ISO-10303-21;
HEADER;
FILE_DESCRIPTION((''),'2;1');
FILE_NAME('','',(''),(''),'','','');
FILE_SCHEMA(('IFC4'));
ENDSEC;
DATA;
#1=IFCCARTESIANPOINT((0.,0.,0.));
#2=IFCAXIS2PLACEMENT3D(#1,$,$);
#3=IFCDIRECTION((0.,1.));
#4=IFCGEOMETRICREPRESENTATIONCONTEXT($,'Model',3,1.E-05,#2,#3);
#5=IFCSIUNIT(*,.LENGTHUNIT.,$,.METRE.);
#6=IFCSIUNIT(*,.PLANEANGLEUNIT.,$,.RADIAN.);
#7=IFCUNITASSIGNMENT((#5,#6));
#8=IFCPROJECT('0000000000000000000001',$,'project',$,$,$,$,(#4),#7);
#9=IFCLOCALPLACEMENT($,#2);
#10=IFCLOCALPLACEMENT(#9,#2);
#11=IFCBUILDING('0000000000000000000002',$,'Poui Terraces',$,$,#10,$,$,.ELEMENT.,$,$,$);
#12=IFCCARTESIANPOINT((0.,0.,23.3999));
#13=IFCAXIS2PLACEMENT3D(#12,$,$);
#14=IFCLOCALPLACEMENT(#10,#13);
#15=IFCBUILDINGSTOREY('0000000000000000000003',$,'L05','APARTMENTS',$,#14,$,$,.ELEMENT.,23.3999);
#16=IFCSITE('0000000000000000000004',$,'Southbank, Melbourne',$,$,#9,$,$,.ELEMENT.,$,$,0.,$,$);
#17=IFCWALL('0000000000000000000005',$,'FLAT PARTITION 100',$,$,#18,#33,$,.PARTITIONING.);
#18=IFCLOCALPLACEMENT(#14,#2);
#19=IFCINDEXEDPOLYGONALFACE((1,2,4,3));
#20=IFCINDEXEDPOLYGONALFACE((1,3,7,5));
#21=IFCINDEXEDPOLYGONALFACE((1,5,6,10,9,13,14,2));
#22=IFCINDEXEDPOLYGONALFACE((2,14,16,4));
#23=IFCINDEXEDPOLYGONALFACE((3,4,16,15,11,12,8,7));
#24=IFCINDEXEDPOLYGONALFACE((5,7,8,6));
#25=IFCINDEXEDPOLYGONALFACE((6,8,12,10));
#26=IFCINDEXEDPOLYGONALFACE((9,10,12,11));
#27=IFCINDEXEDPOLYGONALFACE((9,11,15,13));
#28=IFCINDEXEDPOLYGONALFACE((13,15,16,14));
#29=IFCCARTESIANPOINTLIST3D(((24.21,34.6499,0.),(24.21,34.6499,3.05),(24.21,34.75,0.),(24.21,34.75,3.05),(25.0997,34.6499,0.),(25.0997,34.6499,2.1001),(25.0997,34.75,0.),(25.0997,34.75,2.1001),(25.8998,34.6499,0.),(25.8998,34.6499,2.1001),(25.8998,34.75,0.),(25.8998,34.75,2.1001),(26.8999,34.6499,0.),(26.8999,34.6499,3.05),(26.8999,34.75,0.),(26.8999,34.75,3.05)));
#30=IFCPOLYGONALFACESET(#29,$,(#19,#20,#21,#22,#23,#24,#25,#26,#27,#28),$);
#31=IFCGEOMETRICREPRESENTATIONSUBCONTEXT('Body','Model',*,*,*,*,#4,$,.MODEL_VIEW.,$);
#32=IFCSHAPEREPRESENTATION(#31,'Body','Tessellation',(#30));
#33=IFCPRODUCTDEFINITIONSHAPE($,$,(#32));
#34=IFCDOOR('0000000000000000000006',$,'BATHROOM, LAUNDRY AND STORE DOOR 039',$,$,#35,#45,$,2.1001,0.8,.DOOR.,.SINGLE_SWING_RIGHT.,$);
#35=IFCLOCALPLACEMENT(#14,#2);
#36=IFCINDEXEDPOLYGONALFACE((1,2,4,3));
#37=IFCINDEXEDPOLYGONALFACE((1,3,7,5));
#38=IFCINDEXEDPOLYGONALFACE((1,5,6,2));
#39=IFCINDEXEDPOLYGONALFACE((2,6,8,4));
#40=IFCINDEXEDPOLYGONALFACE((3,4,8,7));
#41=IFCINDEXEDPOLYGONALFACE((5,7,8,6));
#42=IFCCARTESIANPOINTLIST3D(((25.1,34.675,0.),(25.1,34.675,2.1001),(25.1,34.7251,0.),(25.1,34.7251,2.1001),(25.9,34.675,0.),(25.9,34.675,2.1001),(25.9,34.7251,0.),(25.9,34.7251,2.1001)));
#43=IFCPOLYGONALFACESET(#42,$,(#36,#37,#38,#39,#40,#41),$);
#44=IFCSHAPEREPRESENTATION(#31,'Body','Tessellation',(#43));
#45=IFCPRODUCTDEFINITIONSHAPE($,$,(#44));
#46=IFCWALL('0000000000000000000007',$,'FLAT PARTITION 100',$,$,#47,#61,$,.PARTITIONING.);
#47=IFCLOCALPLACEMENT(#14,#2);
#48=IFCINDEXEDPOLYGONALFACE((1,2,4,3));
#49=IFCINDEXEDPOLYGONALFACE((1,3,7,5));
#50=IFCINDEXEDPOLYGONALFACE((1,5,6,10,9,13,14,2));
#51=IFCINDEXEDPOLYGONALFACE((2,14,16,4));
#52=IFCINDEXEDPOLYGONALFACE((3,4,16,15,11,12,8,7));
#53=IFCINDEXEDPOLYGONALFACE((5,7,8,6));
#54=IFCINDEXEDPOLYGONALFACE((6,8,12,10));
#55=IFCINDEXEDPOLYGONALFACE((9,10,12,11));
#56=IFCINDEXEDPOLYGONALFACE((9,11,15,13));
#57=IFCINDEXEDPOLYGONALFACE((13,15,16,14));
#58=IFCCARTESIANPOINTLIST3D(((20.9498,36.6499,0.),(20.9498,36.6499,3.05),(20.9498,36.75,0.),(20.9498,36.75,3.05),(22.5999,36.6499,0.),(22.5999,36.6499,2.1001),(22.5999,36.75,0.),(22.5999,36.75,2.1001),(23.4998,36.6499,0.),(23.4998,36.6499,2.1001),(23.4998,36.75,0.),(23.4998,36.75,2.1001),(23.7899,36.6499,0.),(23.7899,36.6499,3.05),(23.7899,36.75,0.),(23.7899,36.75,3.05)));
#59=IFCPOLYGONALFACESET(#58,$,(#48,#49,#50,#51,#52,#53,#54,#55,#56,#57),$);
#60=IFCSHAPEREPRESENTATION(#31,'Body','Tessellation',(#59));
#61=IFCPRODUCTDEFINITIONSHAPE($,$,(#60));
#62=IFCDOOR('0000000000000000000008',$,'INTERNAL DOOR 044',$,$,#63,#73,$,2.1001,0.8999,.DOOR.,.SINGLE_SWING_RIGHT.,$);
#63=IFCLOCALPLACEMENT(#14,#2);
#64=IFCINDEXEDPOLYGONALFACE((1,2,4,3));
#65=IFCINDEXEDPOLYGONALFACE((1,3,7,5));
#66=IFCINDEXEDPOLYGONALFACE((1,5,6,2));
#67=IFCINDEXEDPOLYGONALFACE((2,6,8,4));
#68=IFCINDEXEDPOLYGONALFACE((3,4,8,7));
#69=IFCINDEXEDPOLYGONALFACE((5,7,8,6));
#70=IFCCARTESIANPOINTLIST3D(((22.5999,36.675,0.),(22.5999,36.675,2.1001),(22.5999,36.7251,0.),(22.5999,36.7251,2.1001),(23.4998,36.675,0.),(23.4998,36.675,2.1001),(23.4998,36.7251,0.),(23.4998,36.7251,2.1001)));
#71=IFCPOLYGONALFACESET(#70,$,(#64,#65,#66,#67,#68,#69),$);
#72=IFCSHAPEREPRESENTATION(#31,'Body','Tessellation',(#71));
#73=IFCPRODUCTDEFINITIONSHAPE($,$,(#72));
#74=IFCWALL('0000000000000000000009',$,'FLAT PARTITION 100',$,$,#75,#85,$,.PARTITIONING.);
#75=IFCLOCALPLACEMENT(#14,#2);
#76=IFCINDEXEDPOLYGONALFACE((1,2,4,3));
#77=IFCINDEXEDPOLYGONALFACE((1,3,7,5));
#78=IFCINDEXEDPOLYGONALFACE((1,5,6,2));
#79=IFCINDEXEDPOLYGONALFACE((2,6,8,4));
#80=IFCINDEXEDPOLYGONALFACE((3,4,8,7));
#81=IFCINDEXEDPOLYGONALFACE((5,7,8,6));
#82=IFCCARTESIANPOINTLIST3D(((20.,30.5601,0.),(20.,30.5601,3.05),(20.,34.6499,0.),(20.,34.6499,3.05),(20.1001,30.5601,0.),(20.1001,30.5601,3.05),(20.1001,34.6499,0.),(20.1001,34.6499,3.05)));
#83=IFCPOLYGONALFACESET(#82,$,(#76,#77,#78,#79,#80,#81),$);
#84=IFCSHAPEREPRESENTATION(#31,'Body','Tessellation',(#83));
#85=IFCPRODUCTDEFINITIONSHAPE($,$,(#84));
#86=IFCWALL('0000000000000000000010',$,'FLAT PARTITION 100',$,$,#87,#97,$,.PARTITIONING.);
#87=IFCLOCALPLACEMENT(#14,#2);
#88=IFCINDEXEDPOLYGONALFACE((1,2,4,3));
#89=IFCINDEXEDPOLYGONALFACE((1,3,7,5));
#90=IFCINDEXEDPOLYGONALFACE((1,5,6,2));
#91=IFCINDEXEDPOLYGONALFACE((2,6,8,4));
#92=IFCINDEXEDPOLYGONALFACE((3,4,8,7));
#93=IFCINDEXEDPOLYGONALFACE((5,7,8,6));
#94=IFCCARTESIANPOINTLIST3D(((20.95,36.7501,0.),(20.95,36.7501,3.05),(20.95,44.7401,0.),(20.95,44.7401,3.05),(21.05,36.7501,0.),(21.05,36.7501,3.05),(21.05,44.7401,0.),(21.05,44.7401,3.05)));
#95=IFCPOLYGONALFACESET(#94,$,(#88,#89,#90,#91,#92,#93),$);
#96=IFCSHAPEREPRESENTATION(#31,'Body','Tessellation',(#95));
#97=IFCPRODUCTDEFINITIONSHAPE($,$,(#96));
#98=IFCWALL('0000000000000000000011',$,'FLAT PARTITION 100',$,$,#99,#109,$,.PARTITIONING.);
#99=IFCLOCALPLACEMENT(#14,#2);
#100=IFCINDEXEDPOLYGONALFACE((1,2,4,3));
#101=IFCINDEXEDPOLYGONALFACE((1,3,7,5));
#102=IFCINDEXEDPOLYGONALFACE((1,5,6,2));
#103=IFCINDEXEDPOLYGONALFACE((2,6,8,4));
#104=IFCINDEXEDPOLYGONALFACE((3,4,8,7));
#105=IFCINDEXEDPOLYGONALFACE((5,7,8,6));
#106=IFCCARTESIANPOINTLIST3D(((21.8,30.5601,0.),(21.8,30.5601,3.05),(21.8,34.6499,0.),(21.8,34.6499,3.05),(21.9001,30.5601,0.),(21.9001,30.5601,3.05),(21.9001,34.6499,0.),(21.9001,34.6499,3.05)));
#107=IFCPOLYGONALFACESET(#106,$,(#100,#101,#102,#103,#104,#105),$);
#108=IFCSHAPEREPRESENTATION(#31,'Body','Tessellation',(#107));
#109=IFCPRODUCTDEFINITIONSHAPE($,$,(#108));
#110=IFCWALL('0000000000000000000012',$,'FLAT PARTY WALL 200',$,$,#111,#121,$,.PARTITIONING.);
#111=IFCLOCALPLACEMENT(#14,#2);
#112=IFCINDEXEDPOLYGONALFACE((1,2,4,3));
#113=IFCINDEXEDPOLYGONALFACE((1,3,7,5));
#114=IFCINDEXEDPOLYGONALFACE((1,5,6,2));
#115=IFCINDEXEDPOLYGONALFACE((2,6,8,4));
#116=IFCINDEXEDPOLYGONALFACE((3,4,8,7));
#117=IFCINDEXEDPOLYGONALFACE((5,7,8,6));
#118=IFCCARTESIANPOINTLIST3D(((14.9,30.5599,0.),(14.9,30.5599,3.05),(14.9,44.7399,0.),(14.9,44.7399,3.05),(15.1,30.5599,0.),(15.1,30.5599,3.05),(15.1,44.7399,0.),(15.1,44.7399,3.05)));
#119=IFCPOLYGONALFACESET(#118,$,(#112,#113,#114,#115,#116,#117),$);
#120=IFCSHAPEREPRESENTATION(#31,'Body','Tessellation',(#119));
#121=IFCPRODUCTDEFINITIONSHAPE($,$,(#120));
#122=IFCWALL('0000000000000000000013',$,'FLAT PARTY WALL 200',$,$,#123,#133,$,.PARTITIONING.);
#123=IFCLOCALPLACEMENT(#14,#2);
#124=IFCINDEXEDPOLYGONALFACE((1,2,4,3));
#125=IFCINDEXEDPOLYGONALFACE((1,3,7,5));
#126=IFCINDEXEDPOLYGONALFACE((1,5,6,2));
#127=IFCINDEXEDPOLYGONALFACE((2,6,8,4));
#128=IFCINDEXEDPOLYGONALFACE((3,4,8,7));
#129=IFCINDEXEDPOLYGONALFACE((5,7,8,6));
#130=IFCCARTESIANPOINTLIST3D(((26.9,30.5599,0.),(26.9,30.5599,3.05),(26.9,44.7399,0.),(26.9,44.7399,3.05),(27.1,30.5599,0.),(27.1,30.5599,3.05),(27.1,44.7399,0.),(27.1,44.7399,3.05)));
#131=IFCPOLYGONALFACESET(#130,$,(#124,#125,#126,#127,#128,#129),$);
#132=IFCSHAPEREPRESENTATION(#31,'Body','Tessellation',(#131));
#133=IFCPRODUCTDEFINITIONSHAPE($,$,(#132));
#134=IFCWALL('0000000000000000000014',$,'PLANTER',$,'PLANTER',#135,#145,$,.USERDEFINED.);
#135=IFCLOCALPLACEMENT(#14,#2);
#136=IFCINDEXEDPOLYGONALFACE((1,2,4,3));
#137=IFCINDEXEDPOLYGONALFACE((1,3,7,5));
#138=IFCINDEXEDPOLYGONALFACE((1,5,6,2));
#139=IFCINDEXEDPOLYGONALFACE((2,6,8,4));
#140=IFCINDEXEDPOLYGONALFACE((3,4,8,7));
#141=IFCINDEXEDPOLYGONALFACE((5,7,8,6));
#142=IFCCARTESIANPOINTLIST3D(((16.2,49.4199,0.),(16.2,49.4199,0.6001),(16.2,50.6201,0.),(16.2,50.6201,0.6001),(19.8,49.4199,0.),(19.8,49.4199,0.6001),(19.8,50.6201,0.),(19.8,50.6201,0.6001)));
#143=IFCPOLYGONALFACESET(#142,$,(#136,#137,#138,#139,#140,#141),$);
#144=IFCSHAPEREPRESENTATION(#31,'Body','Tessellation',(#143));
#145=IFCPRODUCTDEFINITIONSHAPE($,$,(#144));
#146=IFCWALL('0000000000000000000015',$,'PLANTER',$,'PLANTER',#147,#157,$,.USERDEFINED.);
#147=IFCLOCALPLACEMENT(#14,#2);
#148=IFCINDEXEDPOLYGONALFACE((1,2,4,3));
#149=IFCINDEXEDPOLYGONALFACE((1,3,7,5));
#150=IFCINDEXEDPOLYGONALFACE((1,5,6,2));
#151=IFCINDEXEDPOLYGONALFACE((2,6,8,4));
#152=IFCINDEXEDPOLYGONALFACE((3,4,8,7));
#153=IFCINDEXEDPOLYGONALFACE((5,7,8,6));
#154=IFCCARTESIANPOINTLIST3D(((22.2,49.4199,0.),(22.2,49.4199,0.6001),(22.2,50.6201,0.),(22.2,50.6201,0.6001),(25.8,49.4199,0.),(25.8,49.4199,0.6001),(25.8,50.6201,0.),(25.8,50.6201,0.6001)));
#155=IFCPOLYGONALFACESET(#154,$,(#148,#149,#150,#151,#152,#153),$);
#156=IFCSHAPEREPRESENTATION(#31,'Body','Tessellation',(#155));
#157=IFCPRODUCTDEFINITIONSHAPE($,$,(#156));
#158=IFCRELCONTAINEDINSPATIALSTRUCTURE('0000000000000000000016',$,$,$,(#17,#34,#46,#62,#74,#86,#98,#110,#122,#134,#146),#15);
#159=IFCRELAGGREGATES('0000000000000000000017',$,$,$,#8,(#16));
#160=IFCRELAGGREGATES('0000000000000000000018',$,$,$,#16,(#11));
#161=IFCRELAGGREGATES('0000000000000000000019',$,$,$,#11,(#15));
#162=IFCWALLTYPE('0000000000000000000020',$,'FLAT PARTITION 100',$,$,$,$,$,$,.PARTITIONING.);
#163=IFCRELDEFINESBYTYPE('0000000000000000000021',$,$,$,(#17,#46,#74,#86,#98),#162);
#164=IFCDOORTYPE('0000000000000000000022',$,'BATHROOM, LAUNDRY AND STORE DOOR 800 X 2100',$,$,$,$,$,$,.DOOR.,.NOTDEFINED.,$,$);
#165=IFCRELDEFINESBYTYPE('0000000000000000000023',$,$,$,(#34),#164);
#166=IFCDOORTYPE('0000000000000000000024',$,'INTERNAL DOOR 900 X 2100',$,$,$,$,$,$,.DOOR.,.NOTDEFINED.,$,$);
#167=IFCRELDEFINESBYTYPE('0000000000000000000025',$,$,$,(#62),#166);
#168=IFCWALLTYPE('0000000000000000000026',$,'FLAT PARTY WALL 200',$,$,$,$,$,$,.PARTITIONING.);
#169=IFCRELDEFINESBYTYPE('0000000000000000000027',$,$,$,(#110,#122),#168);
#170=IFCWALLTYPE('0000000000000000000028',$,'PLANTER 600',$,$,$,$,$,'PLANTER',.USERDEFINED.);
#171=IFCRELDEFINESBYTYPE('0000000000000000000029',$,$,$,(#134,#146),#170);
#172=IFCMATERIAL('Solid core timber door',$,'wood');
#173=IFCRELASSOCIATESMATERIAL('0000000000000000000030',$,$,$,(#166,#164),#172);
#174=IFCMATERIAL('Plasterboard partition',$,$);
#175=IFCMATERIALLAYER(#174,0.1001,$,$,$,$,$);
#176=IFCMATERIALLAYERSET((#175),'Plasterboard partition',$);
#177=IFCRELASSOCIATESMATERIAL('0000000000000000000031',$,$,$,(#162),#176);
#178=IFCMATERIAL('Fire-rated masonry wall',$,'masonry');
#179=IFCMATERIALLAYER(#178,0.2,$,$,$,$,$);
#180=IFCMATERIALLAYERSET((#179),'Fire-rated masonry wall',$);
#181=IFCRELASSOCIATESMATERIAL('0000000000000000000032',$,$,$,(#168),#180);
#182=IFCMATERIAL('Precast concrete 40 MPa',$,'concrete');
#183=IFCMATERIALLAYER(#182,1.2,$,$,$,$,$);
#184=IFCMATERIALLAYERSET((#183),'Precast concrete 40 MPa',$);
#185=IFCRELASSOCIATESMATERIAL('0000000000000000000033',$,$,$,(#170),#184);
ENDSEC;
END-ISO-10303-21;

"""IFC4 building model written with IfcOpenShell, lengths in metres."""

from ifc_helpers import new_model, si_unit, direction, frame, frame_2d, origin, place, context, subcontext, project, spatial, polyline, rectangle, outline, extrude, source, transform, mapped, material, layer, layer_set, type_object, element, fill, save


model = new_model("IFC4")

# Units and contexts
model_context = context("Model", 3, precision=1e-05, world=origin(), true_north=direction((0.0, 1.0)))
body_context = subcontext(model_context, "Body", "Model", "MODEL_VIEW")
ifc_project = project(units=[si_unit("LENGTHUNIT", "METRE"), si_unit("PLANEANGLEUNIT", "RADIAN")], contexts=[model_context])

# Site, building, storey
site_placement = place(None, origin())
site = spatial("IfcSite", under=ifc_project, at=site_placement, Name="Southbank, Melbourne", CompositionType="ELEMENT", RefElevation=0.0)
building_placement = place(site_placement, origin())
building = spatial("IfcBuilding", under=site, at=building_placement, Name="Poui Terraces", CompositionType="ELEMENT")
storey_placement = place(building_placement, frame((0.0, 0.0, 23.3999)))
storey = spatial("IfcBuildingStorey", under=building, at=storey_placement, Name="L05", Description="APARTMENTS", CompositionType="ELEMENT", Elevation=23.3999)

# Walls, openings, doors
ifc_material_1 = material(Name="Solid core timber door", Category="wood")
door_type_1 = type_object("IfcDoorType", Name="INTERNAL DOOR 900 X 2100", OperationType="NOTDEFINED", PredefinedType="DOOR", material=ifc_material_1)
ifc_material_2 = material(Name="Plasterboard partition")
ifc_layer_1 = layer(ifc_material_2, 0.1001)
ifc_layer_set_1 = layer_set([ifc_layer_1], Name="Plasterboard partition")
wall_type_1 = type_object("IfcWallType", Name="FLAT PARTITION 100", PredefinedType="PARTITIONING", material=ifc_layer_set_1)
door_type_2 = type_object("IfcDoorType", Name="BATHROOM, LAUNDRY AND STORE DOOR 800 X 2100", OperationType="NOTDEFINED", PredefinedType="DOOR", material=ifc_material_1)
wall_1_placement = place(storey_placement, frame((24.21, 34.7, 0.0), z_axis=(0.0, 0.0, 1.0), x_axis=(1.0, 0.0, 0.0)))
wall_1 = element("IfcWall", 1, at=wall_1_placement, inside=storey, type_object=wall_type_1, Name="FLAT PARTITION 100", PredefinedType="PARTITIONING", context=body_context, shape_type="SweptSolid", body=[
    extrude(rectangle(XDim=2.6899, YDim=0.1001, at=frame_2d((1.345, 0.0))), origin(), (0.0, 0.0, 1.0), 3.05),
])
opening_1_placement = place(wall_1_placement, frame((0.8899, 0.0, 0.0)))
opening_1 = element("IfcOpeningElement", 2, at=opening_1_placement, cuts=wall_1, PredefinedType="OPENING", context=body_context, shape_type="SweptSolid", body=[
    extrude(rectangle(XDim=0.8, YDim=2.1001, at=frame_2d((0.3999, 1.05))), frame((0.0, 0.0601, 0.0), z_axis=(0.0, -1.0, 0.0), x_axis=(1.0, 0.0, 0.0)), (0.0, 0.0, 1.0), 0.1201),
])
door_1_placement = place(opening_1_placement, frame((0.8, 0.0, 0.0), z_axis=(0.0, 0.0, 1.0), x_axis=(-1.0, 0.0, 0.0)))
door_1 = element("IfcDoor", 3, at=door_1_placement, inside=storey, type_object=door_type_2, Name="BATHROOM, LAUNDRY AND STORE DOOR 039", OperationType="SINGLE_SWING_RIGHT", OverallHeight=2.1001, OverallWidth=0.8, PredefinedType="DOOR", context=body_context, shape_type="SweptSolid", body=[
    extrude(rectangle(XDim=0.8, YDim=2.1001, at=frame_2d((0.3999, 1.05))), frame((0.0, 0.0249, 0.0), z_axis=(0.0, -1.0, 0.0), x_axis=(1.0, 0.0, 0.0)), (0.0, 0.0, 1.0), 0.05),
])
fill(opening_1, door_1)
wall_2_placement = place(storey_placement, frame((20.95, 36.7, 0.0), z_axis=(0.0, 0.0, 1.0), x_axis=(1.0, 0.0, 0.0)))
wall_2 = element("IfcWall", 4, at=wall_2_placement, inside=storey, type_object=wall_type_1, Name="FLAT PARTITION 100", PredefinedType="PARTITIONING", context=body_context, shape_type="SweptSolid", body=[
    extrude(rectangle(XDim=2.8401, YDim=0.1001, at=frame_2d((1.4199, 0.0))), origin(), (0.0, 0.0, 1.0), 3.05),
])
opening_2_placement = place(wall_2_placement, frame((1.6499, 0.0, 0.0)))
opening_2 = element("IfcOpeningElement", 5, at=opening_2_placement, cuts=wall_2, PredefinedType="OPENING", context=body_context, shape_type="SweptSolid", body=[
    extrude(rectangle(XDim=0.8999, YDim=2.1001, at=frame_2d((0.45, 1.05))), frame((0.0, 0.0601, 0.0), z_axis=(0.0, -1.0, 0.0), x_axis=(1.0, 0.0, 0.0)), (0.0, 0.0, 1.0), 0.1201),
])
door_2_placement = place(opening_2_placement, frame((0.8999, 0.0, 0.0), z_axis=(0.0, 0.0, 1.0), x_axis=(-1.0, 0.0, 0.0)))
door_2 = element("IfcDoor", 6, at=door_2_placement, inside=storey, type_object=door_type_1, Name="INTERNAL DOOR 044", OperationType="SINGLE_SWING_RIGHT", OverallHeight=2.1001, OverallWidth=0.8999, PredefinedType="DOOR", context=body_context, shape_type="SweptSolid", body=[
    extrude(rectangle(XDim=0.8999, YDim=2.1001, at=frame_2d((0.45, 1.05))), frame((0.0, 0.0249, 0.0), z_axis=(0.0, -1.0, 0.0), x_axis=(1.0, 0.0, 0.0)), (0.0, 0.0, 1.0), 0.05),
])
fill(opening_2, door_2)

# Walls
wall_3_placement = place(storey_placement, frame((20.05, 30.5601, 0.0), z_axis=(0.0, 0.0, 1.0), x_axis=(0.0, 1.0, 0.0)))
element("IfcWall", 7, at=wall_3_placement, inside=storey, type_object=wall_type_1, Name="FLAT PARTITION 100", PredefinedType="PARTITIONING", context=body_context, shape_type="SweptSolid", body=[
    extrude(rectangle(XDim=4.0898, YDim=0.1001, at=frame_2d((2.0449, 0.0))), origin(), (0.0, 0.0, 1.0), 3.05),
])
wall_4_placement = place(storey_placement, frame((21.0, 36.75, 0.0), z_axis=(0.0, 0.0, 1.0), x_axis=(0.0, 1.0, 0.0)))
element("IfcWall", 8, at=wall_4_placement, inside=storey, type_object=wall_type_1, Name="FLAT PARTITION 100", PredefinedType="PARTITIONING", context=body_context, shape_type="SweptSolid", body=[
    extrude(rectangle(XDim=7.99, YDim=0.1001, at=frame_2d((3.9951, 0.0))), origin(), (0.0, 0.0, 1.0), 3.05),
])
wall_5_placement = place(storey_placement, frame((21.8501, 30.5601, 0.0), z_axis=(0.0, 0.0, 1.0), x_axis=(0.0, 1.0, 0.0)))
element("IfcWall", 9, at=wall_5_placement, inside=storey, type_object=wall_type_1, Name="FLAT PARTITION 100", PredefinedType="PARTITIONING", context=body_context, shape_type="SweptSolid", body=[
    extrude(rectangle(XDim=4.0898, YDim=0.1001, at=frame_2d((2.0449, 0.0))), origin(), (0.0, 0.0, 1.0), 3.05),
])
ifc_material_3 = material(Name="Fire-rated masonry wall", Category="masonry")
ifc_layer_2 = layer(ifc_material_3, 0.2)
ifc_layer_set_2 = layer_set([ifc_layer_2], Name="Fire-rated masonry wall")
wall_type_2 = type_object("IfcWallType", Name="FLAT PARTY WALL 200", PredefinedType="PARTITIONING", material=ifc_layer_set_2)
for number, where, z_axis, x_axis, name in (
    (10, (15.0, 30.5601, 0.0), (0.0, 0.0, 1.0), (0.0, 1.0, 0.0), "FLAT PARTY WALL 200"),
    (11, (27.0, 30.5601, 0.0), (0.0, 0.0, 1.0), (0.0, 1.0, 0.0), "FLAT PARTY WALL 200"),
):
    element("IfcWall", number, at=place(storey_placement, frame(where, z_axis=z_axis, x_axis=x_axis)), inside=storey, type_object=wall_type_2, Name=name, PredefinedType="PARTITIONING", context=body_context, shape_type="SweptSolid", body=[
        extrude(rectangle(XDim=14.1799, YDim=0.2, at=frame_2d((7.0898, 0.0))), origin(), (0.0, 0.0, 1.0), 3.05),
    ])
ifc_material_4 = material(Name="Precast concrete 40 MPa", Category="concrete")
ifc_layer_3 = layer(ifc_material_4, 1.2)
ifc_layer_set_3 = layer_set([ifc_layer_3], Name="Precast concrete 40 MPa")
wall_type_3 = type_object("IfcWallType", Name="PLANTER 600", ElementType="PLANTER", PredefinedType="USERDEFINED", material=ifc_layer_set_3)
shared_shape = source(origin(), body_context, "Body", "SweptSolid", [
    extrude(outline(polyline([(0.0, 0.0), (3.6001, 0.0), (3.6001, 1.2002), (0.0, 1.2002), (0.0, 0.0)])), origin(), (0.0, 0.0, 1.0), 0.6001),
])
for number, where, name in (
    (12, (16.2, 49.4199, 0.0), "PLANTER"),
    (13, (22.2, 49.4199, 0.0), "PLANTER"),
):
    element("IfcWall", number, at=place(storey_placement, frame(where)), inside=storey, type_object=wall_type_3, Name=name, ObjectType="PLANTER", PredefinedType="USERDEFINED", context=body_context, shape_type="MappedRepresentation", body=[
        mapped(shared_shape, transform((0.0, 0.0, 0.0))),
    ])

save(model, "model.ifc")
